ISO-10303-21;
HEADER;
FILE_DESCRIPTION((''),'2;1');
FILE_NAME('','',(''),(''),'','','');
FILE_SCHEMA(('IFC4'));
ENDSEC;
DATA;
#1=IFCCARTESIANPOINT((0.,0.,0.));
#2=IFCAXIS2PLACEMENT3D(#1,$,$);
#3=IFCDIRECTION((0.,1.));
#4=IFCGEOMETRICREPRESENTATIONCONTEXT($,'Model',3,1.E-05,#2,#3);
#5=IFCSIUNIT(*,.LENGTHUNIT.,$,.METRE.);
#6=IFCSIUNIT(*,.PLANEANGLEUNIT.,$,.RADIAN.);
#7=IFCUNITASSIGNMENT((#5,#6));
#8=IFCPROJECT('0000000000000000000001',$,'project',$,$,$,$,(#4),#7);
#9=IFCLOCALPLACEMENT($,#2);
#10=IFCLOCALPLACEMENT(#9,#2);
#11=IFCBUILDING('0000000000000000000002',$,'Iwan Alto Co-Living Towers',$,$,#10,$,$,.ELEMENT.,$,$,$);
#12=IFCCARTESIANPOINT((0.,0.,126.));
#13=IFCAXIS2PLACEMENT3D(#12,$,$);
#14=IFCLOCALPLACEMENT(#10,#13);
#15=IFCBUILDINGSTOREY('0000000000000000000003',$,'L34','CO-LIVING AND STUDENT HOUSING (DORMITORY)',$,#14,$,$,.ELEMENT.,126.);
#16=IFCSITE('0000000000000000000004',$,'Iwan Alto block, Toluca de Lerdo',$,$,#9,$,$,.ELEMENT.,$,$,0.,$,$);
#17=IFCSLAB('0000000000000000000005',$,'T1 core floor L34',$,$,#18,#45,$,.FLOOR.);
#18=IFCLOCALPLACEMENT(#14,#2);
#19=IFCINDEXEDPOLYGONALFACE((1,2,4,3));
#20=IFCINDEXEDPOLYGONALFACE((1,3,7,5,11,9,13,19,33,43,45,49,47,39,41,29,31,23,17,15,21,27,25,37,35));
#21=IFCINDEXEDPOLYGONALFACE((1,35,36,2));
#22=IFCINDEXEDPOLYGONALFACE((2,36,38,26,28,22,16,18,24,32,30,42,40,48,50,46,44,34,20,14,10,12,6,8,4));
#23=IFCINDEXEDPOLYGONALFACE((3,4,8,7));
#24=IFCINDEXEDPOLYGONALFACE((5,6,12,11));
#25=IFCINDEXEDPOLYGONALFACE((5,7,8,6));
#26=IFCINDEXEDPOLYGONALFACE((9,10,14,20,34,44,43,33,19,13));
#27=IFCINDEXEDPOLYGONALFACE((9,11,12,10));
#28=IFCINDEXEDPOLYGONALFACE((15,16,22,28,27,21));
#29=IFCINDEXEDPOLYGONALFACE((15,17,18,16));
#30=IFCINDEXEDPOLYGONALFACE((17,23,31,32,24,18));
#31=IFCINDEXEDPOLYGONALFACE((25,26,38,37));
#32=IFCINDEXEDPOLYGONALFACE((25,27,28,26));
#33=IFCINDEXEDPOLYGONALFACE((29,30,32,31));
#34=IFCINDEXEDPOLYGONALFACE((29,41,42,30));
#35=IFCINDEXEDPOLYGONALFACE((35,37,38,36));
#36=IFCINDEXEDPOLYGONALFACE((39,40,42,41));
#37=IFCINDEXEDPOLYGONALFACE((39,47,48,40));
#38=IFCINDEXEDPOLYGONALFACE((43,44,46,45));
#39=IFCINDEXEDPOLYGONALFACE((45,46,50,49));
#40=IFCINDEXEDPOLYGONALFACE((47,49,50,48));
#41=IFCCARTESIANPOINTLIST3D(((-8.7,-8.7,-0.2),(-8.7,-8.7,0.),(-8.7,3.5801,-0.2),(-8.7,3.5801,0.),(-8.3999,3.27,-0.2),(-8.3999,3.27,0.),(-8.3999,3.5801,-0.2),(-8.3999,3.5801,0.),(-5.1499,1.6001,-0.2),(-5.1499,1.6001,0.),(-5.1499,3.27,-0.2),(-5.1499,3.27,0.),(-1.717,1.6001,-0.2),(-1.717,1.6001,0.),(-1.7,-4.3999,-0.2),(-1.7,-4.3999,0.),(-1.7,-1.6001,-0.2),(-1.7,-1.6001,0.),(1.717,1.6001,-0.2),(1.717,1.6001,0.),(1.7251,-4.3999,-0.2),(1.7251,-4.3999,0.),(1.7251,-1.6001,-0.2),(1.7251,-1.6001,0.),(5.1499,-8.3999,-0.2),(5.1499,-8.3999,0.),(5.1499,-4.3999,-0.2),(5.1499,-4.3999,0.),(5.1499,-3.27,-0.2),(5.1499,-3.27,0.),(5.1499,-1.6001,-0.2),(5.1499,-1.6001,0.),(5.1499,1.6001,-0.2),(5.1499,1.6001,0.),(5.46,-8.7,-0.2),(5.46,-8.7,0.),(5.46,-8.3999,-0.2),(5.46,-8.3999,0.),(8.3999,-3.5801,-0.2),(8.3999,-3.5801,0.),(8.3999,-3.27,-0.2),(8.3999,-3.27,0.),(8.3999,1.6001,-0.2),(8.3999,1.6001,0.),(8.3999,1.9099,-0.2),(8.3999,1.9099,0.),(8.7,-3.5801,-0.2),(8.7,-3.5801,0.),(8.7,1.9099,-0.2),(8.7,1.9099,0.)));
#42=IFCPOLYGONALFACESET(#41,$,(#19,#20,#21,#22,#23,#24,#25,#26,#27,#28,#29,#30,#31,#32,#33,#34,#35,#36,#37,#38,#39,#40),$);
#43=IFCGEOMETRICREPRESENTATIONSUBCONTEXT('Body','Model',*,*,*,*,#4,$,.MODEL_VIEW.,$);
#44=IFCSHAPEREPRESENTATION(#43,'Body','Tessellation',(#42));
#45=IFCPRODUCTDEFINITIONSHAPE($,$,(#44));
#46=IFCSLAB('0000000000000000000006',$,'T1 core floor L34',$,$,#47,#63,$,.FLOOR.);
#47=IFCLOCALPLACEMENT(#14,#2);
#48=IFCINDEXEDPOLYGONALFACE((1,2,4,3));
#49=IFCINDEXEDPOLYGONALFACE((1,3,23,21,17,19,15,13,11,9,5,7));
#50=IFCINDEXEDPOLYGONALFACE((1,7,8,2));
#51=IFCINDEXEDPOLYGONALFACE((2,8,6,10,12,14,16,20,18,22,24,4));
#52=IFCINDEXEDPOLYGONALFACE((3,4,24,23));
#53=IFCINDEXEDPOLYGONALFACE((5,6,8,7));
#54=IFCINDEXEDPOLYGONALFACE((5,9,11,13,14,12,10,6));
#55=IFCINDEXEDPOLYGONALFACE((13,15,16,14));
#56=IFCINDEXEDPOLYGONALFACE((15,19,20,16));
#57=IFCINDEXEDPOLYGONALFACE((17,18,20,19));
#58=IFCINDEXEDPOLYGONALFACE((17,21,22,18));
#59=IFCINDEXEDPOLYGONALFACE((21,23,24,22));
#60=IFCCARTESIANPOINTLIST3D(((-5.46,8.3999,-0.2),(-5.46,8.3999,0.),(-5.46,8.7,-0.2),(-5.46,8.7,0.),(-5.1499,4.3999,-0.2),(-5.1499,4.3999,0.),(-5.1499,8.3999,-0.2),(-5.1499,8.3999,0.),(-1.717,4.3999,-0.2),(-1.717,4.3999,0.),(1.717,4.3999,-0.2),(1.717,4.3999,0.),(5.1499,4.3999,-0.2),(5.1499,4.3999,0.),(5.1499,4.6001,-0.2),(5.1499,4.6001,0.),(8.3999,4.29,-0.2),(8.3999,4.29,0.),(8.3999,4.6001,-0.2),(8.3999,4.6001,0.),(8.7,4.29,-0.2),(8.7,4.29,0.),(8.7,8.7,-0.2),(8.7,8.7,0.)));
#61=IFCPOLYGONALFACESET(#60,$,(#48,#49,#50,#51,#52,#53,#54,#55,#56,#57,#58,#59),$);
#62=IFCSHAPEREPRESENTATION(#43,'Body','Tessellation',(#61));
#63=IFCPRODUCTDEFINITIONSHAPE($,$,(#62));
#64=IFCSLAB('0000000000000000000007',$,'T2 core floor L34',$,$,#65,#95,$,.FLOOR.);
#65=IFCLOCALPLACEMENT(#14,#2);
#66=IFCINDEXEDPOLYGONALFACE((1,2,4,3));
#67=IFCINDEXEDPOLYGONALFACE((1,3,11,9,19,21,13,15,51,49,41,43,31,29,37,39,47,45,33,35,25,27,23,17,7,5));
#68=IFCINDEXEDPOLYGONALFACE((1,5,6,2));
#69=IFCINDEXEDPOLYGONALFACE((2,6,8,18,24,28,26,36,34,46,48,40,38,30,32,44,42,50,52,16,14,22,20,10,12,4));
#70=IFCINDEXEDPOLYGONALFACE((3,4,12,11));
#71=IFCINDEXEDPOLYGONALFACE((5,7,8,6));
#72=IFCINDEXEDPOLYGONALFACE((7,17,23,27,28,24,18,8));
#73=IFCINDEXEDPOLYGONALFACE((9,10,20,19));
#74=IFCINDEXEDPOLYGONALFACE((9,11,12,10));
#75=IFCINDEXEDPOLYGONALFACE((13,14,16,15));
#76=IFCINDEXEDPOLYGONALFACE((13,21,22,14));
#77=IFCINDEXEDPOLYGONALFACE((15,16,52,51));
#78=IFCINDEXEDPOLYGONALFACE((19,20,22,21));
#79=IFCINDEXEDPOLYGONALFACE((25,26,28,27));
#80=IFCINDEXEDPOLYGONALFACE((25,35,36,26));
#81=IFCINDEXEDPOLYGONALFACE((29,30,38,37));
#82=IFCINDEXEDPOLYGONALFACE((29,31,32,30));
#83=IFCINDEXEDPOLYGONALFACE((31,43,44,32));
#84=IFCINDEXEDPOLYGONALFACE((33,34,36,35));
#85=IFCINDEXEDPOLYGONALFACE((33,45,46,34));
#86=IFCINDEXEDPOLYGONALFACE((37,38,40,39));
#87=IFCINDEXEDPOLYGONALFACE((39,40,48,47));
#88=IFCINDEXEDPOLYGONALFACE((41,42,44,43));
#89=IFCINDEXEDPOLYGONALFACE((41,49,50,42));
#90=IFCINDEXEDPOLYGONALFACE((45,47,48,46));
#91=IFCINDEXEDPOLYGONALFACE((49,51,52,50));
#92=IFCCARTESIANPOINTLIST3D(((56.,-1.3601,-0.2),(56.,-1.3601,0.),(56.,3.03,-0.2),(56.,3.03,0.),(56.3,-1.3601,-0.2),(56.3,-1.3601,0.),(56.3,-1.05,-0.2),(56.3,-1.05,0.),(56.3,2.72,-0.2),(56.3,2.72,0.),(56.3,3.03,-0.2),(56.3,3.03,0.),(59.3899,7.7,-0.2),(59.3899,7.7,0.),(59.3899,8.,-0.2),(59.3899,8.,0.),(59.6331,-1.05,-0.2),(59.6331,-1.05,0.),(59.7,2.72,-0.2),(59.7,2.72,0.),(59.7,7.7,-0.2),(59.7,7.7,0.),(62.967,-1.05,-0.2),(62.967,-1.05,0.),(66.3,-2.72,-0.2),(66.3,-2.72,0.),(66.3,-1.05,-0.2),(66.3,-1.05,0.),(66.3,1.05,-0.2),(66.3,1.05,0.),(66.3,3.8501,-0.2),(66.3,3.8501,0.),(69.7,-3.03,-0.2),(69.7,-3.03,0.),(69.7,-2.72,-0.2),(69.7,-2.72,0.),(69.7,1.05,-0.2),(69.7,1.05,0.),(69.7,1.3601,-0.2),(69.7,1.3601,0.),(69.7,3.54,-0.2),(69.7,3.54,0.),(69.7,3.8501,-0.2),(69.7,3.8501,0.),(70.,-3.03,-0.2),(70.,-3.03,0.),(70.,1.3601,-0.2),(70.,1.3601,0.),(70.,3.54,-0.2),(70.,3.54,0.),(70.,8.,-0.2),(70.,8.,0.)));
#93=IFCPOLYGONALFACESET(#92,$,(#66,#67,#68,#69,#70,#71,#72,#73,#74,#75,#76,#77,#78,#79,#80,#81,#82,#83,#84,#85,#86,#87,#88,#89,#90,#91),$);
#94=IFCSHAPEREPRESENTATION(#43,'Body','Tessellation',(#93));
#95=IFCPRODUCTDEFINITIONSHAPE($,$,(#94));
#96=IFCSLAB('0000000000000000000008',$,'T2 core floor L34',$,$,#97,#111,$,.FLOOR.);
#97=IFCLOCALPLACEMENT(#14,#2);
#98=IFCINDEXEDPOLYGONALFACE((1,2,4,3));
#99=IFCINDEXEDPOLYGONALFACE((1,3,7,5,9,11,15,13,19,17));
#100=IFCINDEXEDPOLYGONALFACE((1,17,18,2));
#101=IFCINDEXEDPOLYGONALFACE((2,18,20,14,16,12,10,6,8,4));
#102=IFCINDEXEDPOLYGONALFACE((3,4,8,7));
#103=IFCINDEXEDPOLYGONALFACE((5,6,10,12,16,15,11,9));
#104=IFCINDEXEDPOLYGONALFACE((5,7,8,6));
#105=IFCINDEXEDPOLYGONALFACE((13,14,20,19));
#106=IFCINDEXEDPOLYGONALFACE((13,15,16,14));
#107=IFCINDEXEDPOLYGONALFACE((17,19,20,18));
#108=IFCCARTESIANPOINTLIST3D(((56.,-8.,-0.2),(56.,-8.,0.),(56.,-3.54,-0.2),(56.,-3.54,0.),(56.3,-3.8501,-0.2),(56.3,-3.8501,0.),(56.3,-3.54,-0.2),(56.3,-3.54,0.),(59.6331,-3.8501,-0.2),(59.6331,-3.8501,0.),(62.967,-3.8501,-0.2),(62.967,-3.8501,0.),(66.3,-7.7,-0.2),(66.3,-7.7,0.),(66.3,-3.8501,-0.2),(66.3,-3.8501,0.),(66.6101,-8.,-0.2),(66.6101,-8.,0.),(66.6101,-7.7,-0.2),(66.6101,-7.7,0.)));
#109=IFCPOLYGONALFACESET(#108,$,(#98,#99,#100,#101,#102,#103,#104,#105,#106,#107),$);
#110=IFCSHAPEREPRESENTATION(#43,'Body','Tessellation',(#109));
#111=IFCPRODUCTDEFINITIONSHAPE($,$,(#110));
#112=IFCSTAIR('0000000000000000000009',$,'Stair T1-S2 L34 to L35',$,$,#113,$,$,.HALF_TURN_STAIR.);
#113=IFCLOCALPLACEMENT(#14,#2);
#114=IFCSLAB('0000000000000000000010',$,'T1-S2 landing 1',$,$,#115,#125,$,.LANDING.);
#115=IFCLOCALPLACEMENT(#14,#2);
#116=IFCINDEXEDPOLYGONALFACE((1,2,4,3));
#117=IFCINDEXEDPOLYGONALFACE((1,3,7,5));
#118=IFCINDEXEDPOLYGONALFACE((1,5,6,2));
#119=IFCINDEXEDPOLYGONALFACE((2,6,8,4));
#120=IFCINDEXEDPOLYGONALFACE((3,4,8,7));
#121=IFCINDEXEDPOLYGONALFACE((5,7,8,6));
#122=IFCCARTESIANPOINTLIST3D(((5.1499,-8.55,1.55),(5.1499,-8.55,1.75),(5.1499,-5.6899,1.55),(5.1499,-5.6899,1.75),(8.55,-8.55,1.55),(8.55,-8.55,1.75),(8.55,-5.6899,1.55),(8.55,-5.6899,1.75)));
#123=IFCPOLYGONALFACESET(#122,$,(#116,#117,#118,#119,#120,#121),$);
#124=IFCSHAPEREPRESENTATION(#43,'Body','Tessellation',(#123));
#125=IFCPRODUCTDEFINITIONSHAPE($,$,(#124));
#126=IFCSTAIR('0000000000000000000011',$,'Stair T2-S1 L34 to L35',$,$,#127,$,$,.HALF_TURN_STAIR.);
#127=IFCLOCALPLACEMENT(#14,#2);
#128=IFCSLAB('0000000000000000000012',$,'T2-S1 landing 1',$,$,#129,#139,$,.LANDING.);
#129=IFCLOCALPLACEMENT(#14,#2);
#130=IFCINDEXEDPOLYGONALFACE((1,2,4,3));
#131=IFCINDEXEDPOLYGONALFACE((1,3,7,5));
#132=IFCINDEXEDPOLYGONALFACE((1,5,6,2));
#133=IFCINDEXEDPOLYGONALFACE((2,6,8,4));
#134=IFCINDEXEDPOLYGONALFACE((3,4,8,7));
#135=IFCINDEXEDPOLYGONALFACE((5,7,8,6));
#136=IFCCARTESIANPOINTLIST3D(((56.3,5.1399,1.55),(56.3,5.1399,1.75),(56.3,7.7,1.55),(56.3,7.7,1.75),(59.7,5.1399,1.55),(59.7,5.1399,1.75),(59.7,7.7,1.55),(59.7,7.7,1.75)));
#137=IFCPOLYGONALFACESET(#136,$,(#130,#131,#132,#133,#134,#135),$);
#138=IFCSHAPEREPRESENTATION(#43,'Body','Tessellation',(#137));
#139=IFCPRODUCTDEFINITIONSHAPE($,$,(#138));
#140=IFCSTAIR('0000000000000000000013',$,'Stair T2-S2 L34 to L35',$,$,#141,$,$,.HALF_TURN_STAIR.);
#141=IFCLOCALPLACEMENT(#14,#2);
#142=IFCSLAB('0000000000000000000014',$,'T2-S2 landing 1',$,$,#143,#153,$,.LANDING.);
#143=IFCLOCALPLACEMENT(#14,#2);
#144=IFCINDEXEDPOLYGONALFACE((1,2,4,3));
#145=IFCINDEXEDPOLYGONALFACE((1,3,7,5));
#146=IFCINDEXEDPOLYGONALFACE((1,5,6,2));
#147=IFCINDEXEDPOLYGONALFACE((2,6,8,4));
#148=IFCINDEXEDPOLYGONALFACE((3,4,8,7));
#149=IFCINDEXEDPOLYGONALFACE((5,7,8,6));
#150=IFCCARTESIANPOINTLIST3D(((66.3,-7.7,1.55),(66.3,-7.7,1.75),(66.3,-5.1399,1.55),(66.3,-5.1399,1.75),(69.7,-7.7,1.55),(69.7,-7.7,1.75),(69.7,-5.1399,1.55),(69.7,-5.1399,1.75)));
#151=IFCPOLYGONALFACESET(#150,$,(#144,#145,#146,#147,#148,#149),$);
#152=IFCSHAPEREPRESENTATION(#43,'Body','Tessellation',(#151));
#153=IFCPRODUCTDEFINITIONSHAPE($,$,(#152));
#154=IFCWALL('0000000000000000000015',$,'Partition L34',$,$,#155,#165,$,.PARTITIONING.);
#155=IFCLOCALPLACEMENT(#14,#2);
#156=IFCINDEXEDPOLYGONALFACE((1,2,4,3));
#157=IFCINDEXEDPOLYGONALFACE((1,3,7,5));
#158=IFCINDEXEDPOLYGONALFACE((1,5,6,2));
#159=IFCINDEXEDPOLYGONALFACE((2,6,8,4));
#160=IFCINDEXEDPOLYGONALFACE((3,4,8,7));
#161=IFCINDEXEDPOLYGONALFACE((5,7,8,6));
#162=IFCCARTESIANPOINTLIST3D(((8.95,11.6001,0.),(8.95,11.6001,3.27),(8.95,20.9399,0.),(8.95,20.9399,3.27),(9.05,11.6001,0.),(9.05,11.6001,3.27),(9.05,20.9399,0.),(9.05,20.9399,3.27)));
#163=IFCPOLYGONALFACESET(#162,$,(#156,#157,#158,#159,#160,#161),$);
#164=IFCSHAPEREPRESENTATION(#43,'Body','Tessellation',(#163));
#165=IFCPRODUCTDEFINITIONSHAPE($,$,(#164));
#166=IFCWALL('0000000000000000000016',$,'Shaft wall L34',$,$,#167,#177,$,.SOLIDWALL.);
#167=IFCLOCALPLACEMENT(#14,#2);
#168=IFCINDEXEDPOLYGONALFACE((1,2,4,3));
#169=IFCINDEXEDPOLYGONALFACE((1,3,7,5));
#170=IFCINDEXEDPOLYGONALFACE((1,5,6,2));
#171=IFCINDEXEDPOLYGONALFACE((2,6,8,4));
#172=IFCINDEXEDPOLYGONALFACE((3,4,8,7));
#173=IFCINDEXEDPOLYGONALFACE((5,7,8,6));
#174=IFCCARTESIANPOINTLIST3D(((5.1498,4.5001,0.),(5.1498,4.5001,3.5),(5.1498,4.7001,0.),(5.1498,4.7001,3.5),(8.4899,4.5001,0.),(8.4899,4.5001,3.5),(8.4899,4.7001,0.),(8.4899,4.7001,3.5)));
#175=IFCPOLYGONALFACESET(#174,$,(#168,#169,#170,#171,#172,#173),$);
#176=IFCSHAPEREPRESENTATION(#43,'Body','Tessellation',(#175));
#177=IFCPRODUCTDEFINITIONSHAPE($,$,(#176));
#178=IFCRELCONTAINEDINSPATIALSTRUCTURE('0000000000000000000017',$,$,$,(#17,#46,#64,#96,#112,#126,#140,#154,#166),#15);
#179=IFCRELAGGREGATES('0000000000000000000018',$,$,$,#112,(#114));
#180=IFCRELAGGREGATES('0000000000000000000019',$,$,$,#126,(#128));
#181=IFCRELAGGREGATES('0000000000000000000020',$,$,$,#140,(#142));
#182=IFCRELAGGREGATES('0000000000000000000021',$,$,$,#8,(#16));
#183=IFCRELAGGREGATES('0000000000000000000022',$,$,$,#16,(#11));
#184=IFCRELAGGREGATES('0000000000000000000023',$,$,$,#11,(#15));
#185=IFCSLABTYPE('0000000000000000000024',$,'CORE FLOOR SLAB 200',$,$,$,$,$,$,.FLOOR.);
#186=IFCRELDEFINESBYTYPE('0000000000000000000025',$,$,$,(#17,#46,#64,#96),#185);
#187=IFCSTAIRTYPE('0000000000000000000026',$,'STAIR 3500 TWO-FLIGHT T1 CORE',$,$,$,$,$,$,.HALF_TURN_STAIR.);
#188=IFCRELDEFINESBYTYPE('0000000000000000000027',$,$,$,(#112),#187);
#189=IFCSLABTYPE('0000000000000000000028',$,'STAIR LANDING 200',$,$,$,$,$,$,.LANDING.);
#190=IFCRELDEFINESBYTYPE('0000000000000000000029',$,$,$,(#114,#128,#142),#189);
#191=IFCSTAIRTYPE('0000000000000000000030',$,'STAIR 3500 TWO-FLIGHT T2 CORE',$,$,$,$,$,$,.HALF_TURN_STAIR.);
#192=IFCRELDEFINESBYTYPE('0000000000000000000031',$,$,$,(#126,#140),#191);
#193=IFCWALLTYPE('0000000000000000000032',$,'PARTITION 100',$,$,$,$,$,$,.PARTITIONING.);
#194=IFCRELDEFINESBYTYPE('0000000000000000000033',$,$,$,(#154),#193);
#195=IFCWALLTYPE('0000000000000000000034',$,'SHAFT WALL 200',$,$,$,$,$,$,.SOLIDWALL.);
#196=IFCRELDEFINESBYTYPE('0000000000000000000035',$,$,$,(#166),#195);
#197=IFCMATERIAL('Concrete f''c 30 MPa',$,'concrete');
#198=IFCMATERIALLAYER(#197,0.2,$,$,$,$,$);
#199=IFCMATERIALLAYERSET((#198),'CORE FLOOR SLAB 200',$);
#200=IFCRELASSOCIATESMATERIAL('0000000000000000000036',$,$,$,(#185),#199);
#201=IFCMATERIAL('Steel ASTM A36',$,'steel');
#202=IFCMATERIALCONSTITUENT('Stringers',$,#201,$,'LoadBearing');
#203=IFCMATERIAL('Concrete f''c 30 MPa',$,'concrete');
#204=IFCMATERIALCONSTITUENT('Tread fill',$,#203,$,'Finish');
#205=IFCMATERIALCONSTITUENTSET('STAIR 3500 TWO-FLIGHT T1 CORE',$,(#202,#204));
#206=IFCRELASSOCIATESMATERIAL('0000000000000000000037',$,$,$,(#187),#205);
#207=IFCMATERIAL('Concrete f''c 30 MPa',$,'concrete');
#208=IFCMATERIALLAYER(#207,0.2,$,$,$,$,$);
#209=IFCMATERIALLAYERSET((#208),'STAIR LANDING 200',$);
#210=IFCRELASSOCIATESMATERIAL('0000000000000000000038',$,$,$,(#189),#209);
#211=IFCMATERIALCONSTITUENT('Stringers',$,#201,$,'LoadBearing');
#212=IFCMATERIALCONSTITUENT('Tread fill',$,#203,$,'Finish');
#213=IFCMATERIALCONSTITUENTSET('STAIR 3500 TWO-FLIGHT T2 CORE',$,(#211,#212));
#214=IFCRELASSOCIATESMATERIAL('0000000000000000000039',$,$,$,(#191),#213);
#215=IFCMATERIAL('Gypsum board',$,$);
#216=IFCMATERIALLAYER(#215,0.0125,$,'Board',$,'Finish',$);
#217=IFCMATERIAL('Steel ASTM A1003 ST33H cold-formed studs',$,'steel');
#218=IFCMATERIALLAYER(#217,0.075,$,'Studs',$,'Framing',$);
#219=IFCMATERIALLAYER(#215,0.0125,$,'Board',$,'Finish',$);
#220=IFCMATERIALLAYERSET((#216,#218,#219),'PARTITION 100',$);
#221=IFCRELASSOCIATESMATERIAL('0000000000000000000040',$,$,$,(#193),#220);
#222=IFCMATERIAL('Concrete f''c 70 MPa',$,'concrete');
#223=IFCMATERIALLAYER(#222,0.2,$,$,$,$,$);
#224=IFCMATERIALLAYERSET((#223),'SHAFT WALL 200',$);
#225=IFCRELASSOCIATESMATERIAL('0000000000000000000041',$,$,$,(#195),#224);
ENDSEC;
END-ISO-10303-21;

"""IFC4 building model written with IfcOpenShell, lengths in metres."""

from ifc_helpers import new_model, si_unit, direction, frame, frame_2d, origin, place, context, subcontext, project, spatial, polyline, rectangle, outline, extrude, material, layer, layer_set, constituent, constituent_set, type_object, element, aggregate, save


model = new_model("IFC4")

# Units and contexts
model_context = context("Model", 3, precision=1e-05, world=origin(), true_north=direction((0.0, 1.0)))
body_context = subcontext(model_context, "Body", "Model", "MODEL_VIEW")
ifc_project = project(units=[si_unit("LENGTHUNIT", "METRE"), si_unit("PLANEANGLEUNIT", "RADIAN")], contexts=[model_context])

# Site, building, storey
site_placement = place(None, origin())
site = spatial("IfcSite", under=ifc_project, at=site_placement, Name="Iwan Alto block, Toluca de Lerdo", CompositionType="ELEMENT", RefElevation=0.0)
building_placement = place(site_placement, origin())
building = spatial("IfcBuilding", under=site, at=building_placement, Name="Iwan Alto Co-Living Towers", CompositionType="ELEMENT")
storey_placement = place(building_placement, frame((0.0, 0.0, 126.0)))
storey = spatial("IfcBuildingStorey", under=building, at=storey_placement, Name="L34", Description="CO-LIVING AND STUDENT HOUSING (DORMITORY)", CompositionType="ELEMENT", Elevation=126.0)

# Slabs
ifc_material_1 = material(Name="Concrete f'c 30 MPa", Category="concrete")
ifc_layer_1 = layer(ifc_material_1, 0.2)
ifc_layer_set_1 = layer_set([ifc_layer_1], Name="CORE FLOOR SLAB 200")
slab_type_1 = type_object("IfcSlabType", Name="CORE FLOOR SLAB 200", PredefinedType="FLOOR", material=ifc_layer_set_1)
slab_1_placement = place(storey_placement, frame((0.0, 0.0, -0.2)))
element("IfcSlab", 1, at=slab_1_placement, inside=storey, type_object=slab_type_1, Name="T1 core floor L34", PredefinedType="FLOOR", context=body_context, shape_type="SweptSolid", body=[
    extrude(outline(polyline([(5.1499, -1.6001), (1.7251, -1.6001), (-1.7, -1.6001), (-1.7, -4.3999), (1.7251, -4.3999), (5.1499, -4.3999), (5.1499, -8.3999), (5.46, -8.3999), (5.46, -8.7), (-8.7, -8.7), (-8.7, 3.5801), (-8.3999, 3.5801), (-8.3999, 3.27), (-5.1499, 3.27), (-5.1499, 1.6001), (-1.717, 1.6001), (1.717, 1.6001), (5.1499, 1.6001), (8.3999, 1.6001), (8.3999, 1.9099), (8.7, 1.9099), (8.7, -3.5801), (8.3999, -3.5801), (8.3999, -3.27), (5.1499, -3.27), (5.1499, -1.6001)])), origin(), (0.0, 0.0, 1.0), 0.2),
])
slab_2_placement = place(storey_placement, frame((0.0, 0.0, -0.2)))
element("IfcSlab", 2, at=slab_2_placement, inside=storey, type_object=slab_type_1, Name="T1 core floor L34", PredefinedType="FLOOR", context=body_context, shape_type="SweptSolid", body=[
    extrude(outline(polyline([(1.717, 4.3999), (-1.717, 4.3999), (-5.1499, 4.3999), (-5.1499, 8.3999), (-5.46, 8.3999), (-5.46, 8.7), (8.7, 8.7), (8.7, 4.29), (8.3999, 4.29), (8.3999, 4.6001), (5.1499, 4.6001), (5.1499, 4.3999), (1.717, 4.3999)])), origin(), (0.0, 0.0, 1.0), 0.2),
])
slab_3_placement = place(storey_placement, frame((0.0, 0.0, -0.2)))
element("IfcSlab", 3, at=slab_3_placement, inside=storey, type_object=slab_type_1, Name="T2 core floor L34", PredefinedType="FLOOR", context=body_context, shape_type="SweptSolid", body=[
    extrude(outline(polyline([(70.0, -3.03), (69.7, -3.03), (69.7, -2.72), (66.3, -2.72), (66.3, -1.05), (62.967, -1.05), (59.6331, -1.05), (56.3, -1.05), (56.3, -1.3601), (56.0, -1.3601), (56.0, 3.03), (56.3, 3.03), (56.3, 2.72), (59.7, 2.72), (59.7, 7.7), (59.3899, 7.7), (59.3899, 8.0), (70.0, 8.0), (70.0, 3.54), (69.7, 3.54), (69.7, 3.8501), (66.3, 3.8501), (66.3, 1.05), (69.7, 1.05), (69.7, 1.3601), (70.0, 1.3601), (70.0, -3.03)])), origin(), (0.0, 0.0, 1.0), 0.2),
])
slab_4_placement = place(storey_placement, frame((0.0, 0.0, -0.2)))
element("IfcSlab", 4, at=slab_4_placement, inside=storey, type_object=slab_type_1, Name="T2 core floor L34", PredefinedType="FLOOR", context=body_context, shape_type="SweptSolid", body=[
    extrude(outline(polyline([(62.967, -3.8501), (66.3, -3.8501), (66.3, -7.7), (66.6101, -7.7), (66.6101, -8.0), (56.0, -8.0), (56.0, -3.54), (56.3, -3.54), (56.3, -3.8501), (59.6331, -3.8501), (62.967, -3.8501)])), origin(), (0.0, 0.0, 1.0), 0.2),
])

# Stairs, slabs
ifc_material_2 = material(Name="Steel ASTM A36", Category="steel")
ifc_constituent_1 = constituent(ifc_material_2, Name="Stringers", Category="LoadBearing")
ifc_material_3 = material(Name="Concrete f'c 30 MPa", Category="concrete")
ifc_constituent_2 = constituent(ifc_material_3, Name="Tread fill", Category="Finish")
ifc_constituent_set_1 = constituent_set(constituents=[ifc_constituent_1, ifc_constituent_2], Name="STAIR 3500 TWO-FLIGHT T1 CORE")
stair_type_1 = type_object("IfcStairType", Name="STAIR 3500 TWO-FLIGHT T1 CORE", PredefinedType="HALF_TURN_STAIR", material=ifc_constituent_set_1)
stair_1_placement = place(storey_placement, origin())
stair_1 = element("IfcStair", 5, at=stair_1_placement, inside=storey, type_object=stair_type_1, Name="Stair T1-S2 L34 to L35", PredefinedType="HALF_TURN_STAIR")
ifc_material_4 = material(Name="Concrete f'c 30 MPa", Category="concrete")
ifc_layer_2 = layer(ifc_material_4, 0.2)
ifc_layer_set_2 = layer_set([ifc_layer_2], Name="STAIR LANDING 200")
slab_type_2 = type_object("IfcSlabType", Name="STAIR LANDING 200", PredefinedType="LANDING", material=ifc_layer_set_2)
slab_5_placement = place(storey_placement, frame((0.0, 0.0, 1.55)))
slab_5 = element("IfcSlab", 6, at=slab_5_placement, type_object=slab_type_2, Name="T1-S2 landing 1", PredefinedType="LANDING", context=body_context, shape_type="SweptSolid", body=[
    extrude(outline(polyline([(5.1499, -5.6899), (5.1499, -8.55), (8.55, -8.55), (8.55, -5.6899), (5.1499, -5.6899)])), origin(), (0.0, 0.0, 1.0), 0.2),
])
aggregate(stair_1, [slab_5])
ifc_constituent_3 = constituent(ifc_material_2, Name="Stringers", Category="LoadBearing")
ifc_constituent_4 = constituent(ifc_material_3, Name="Tread fill", Category="Finish")
ifc_constituent_set_2 = constituent_set(constituents=[ifc_constituent_3, ifc_constituent_4], Name="STAIR 3500 TWO-FLIGHT T2 CORE")
stair_type_2 = type_object("IfcStairType", Name="STAIR 3500 TWO-FLIGHT T2 CORE", PredefinedType="HALF_TURN_STAIR", material=ifc_constituent_set_2)
stair_2_placement = place(storey_placement, origin())
stair_2 = element("IfcStair", 7, at=stair_2_placement, inside=storey, type_object=stair_type_2, Name="Stair T2-S1 L34 to L35", PredefinedType="HALF_TURN_STAIR")
slab_6_placement = place(storey_placement, frame((0.0, 0.0, 1.55)))
slab_6 = element("IfcSlab", 8, at=slab_6_placement, type_object=slab_type_2, Name="T2-S1 landing 1", PredefinedType="LANDING", context=body_context, shape_type="SweptSolid", body=[
    extrude(outline(polyline([(56.3, 5.1399), (56.3, 7.7), (59.7, 7.7), (59.7, 5.1399), (56.3, 5.1399)])), origin(), (0.0, 0.0, 1.0), 0.2),
])
aggregate(stair_2, [slab_6])
stair_3_placement = place(storey_placement, origin())
stair_3 = element("IfcStair", 9, at=stair_3_placement, inside=storey, type_object=stair_type_2, Name="Stair T2-S2 L34 to L35", PredefinedType="HALF_TURN_STAIR")
slab_7_placement = place(storey_placement, frame((0.0, 0.0, 1.55)))
slab_7 = element("IfcSlab", 10, at=slab_7_placement, type_object=slab_type_2, Name="T2-S2 landing 1", PredefinedType="LANDING", context=body_context, shape_type="SweptSolid", body=[
    extrude(outline(polyline([(66.3, -5.1399), (66.3, -7.7), (69.7, -7.7), (69.7, -5.1399), (66.3, -5.1399)])), origin(), (0.0, 0.0, 1.0), 0.2),
])
aggregate(stair_3, [slab_7])

# Walls
ifc_material_5 = material(Name="Gypsum board")
ifc_layer_3 = layer(ifc_material_5, 0.0125, Name="Board", Category="Finish")
ifc_material_6 = material(Name="Steel ASTM A1003 ST33H cold-formed studs", Category="steel")
ifc_layer_4 = layer(ifc_material_6, 0.075, Name="Studs", Category="Framing")
ifc_layer_5 = layer(ifc_material_5, 0.0125, Name="Board", Category="Finish")
ifc_layer_set_3 = layer_set([ifc_layer_3, ifc_layer_4, ifc_layer_5], Name="PARTITION 100")
wall_type_1 = type_object("IfcWallType", Name="PARTITION 100", PredefinedType="PARTITIONING", material=ifc_layer_set_3)
wall_1_placement = place(storey_placement, frame((9.0, 11.6001, 0.0), z_axis=(0.0, 0.0, 1.0), x_axis=(0.0, 1.0, 0.0)))
element("IfcWall", 11, at=wall_1_placement, inside=storey, type_object=wall_type_1, Name="Partition L34", PredefinedType="PARTITIONING", context=body_context, shape_type="SweptSolid", body=[
    extrude(rectangle(XDim=9.3398, YDim=0.1001, at=frame_2d((4.6699, 0.0))), origin(), (0.0, 0.0, 1.0), 3.27),
])
ifc_material_7 = material(Name="Concrete f'c 70 MPa", Category="concrete")
ifc_layer_6 = layer(ifc_material_7, 0.2)
ifc_layer_set_4 = layer_set([ifc_layer_6], Name="SHAFT WALL 200")
wall_type_2 = type_object("IfcWallType", Name="SHAFT WALL 200", PredefinedType="SOLIDWALL", material=ifc_layer_set_4)
wall_2_placement = place(storey_placement, frame((5.1499, 4.6001, 0.0), z_axis=(0.0, 0.0, 1.0), x_axis=(1.0, 0.0, 0.0)))
element("IfcWall", 12, at=wall_2_placement, inside=storey, type_object=wall_type_2, Name="Shaft wall L34", PredefinedType="SOLIDWALL", context=body_context, shape_type="SweptSolid", body=[
    extrude(rectangle(XDim=3.3401, YDim=0.2, at=frame_2d((1.6699, 0.0))), origin(), (0.0, 0.0, 1.0), 3.5),
])

save(model, "model.ifc")
